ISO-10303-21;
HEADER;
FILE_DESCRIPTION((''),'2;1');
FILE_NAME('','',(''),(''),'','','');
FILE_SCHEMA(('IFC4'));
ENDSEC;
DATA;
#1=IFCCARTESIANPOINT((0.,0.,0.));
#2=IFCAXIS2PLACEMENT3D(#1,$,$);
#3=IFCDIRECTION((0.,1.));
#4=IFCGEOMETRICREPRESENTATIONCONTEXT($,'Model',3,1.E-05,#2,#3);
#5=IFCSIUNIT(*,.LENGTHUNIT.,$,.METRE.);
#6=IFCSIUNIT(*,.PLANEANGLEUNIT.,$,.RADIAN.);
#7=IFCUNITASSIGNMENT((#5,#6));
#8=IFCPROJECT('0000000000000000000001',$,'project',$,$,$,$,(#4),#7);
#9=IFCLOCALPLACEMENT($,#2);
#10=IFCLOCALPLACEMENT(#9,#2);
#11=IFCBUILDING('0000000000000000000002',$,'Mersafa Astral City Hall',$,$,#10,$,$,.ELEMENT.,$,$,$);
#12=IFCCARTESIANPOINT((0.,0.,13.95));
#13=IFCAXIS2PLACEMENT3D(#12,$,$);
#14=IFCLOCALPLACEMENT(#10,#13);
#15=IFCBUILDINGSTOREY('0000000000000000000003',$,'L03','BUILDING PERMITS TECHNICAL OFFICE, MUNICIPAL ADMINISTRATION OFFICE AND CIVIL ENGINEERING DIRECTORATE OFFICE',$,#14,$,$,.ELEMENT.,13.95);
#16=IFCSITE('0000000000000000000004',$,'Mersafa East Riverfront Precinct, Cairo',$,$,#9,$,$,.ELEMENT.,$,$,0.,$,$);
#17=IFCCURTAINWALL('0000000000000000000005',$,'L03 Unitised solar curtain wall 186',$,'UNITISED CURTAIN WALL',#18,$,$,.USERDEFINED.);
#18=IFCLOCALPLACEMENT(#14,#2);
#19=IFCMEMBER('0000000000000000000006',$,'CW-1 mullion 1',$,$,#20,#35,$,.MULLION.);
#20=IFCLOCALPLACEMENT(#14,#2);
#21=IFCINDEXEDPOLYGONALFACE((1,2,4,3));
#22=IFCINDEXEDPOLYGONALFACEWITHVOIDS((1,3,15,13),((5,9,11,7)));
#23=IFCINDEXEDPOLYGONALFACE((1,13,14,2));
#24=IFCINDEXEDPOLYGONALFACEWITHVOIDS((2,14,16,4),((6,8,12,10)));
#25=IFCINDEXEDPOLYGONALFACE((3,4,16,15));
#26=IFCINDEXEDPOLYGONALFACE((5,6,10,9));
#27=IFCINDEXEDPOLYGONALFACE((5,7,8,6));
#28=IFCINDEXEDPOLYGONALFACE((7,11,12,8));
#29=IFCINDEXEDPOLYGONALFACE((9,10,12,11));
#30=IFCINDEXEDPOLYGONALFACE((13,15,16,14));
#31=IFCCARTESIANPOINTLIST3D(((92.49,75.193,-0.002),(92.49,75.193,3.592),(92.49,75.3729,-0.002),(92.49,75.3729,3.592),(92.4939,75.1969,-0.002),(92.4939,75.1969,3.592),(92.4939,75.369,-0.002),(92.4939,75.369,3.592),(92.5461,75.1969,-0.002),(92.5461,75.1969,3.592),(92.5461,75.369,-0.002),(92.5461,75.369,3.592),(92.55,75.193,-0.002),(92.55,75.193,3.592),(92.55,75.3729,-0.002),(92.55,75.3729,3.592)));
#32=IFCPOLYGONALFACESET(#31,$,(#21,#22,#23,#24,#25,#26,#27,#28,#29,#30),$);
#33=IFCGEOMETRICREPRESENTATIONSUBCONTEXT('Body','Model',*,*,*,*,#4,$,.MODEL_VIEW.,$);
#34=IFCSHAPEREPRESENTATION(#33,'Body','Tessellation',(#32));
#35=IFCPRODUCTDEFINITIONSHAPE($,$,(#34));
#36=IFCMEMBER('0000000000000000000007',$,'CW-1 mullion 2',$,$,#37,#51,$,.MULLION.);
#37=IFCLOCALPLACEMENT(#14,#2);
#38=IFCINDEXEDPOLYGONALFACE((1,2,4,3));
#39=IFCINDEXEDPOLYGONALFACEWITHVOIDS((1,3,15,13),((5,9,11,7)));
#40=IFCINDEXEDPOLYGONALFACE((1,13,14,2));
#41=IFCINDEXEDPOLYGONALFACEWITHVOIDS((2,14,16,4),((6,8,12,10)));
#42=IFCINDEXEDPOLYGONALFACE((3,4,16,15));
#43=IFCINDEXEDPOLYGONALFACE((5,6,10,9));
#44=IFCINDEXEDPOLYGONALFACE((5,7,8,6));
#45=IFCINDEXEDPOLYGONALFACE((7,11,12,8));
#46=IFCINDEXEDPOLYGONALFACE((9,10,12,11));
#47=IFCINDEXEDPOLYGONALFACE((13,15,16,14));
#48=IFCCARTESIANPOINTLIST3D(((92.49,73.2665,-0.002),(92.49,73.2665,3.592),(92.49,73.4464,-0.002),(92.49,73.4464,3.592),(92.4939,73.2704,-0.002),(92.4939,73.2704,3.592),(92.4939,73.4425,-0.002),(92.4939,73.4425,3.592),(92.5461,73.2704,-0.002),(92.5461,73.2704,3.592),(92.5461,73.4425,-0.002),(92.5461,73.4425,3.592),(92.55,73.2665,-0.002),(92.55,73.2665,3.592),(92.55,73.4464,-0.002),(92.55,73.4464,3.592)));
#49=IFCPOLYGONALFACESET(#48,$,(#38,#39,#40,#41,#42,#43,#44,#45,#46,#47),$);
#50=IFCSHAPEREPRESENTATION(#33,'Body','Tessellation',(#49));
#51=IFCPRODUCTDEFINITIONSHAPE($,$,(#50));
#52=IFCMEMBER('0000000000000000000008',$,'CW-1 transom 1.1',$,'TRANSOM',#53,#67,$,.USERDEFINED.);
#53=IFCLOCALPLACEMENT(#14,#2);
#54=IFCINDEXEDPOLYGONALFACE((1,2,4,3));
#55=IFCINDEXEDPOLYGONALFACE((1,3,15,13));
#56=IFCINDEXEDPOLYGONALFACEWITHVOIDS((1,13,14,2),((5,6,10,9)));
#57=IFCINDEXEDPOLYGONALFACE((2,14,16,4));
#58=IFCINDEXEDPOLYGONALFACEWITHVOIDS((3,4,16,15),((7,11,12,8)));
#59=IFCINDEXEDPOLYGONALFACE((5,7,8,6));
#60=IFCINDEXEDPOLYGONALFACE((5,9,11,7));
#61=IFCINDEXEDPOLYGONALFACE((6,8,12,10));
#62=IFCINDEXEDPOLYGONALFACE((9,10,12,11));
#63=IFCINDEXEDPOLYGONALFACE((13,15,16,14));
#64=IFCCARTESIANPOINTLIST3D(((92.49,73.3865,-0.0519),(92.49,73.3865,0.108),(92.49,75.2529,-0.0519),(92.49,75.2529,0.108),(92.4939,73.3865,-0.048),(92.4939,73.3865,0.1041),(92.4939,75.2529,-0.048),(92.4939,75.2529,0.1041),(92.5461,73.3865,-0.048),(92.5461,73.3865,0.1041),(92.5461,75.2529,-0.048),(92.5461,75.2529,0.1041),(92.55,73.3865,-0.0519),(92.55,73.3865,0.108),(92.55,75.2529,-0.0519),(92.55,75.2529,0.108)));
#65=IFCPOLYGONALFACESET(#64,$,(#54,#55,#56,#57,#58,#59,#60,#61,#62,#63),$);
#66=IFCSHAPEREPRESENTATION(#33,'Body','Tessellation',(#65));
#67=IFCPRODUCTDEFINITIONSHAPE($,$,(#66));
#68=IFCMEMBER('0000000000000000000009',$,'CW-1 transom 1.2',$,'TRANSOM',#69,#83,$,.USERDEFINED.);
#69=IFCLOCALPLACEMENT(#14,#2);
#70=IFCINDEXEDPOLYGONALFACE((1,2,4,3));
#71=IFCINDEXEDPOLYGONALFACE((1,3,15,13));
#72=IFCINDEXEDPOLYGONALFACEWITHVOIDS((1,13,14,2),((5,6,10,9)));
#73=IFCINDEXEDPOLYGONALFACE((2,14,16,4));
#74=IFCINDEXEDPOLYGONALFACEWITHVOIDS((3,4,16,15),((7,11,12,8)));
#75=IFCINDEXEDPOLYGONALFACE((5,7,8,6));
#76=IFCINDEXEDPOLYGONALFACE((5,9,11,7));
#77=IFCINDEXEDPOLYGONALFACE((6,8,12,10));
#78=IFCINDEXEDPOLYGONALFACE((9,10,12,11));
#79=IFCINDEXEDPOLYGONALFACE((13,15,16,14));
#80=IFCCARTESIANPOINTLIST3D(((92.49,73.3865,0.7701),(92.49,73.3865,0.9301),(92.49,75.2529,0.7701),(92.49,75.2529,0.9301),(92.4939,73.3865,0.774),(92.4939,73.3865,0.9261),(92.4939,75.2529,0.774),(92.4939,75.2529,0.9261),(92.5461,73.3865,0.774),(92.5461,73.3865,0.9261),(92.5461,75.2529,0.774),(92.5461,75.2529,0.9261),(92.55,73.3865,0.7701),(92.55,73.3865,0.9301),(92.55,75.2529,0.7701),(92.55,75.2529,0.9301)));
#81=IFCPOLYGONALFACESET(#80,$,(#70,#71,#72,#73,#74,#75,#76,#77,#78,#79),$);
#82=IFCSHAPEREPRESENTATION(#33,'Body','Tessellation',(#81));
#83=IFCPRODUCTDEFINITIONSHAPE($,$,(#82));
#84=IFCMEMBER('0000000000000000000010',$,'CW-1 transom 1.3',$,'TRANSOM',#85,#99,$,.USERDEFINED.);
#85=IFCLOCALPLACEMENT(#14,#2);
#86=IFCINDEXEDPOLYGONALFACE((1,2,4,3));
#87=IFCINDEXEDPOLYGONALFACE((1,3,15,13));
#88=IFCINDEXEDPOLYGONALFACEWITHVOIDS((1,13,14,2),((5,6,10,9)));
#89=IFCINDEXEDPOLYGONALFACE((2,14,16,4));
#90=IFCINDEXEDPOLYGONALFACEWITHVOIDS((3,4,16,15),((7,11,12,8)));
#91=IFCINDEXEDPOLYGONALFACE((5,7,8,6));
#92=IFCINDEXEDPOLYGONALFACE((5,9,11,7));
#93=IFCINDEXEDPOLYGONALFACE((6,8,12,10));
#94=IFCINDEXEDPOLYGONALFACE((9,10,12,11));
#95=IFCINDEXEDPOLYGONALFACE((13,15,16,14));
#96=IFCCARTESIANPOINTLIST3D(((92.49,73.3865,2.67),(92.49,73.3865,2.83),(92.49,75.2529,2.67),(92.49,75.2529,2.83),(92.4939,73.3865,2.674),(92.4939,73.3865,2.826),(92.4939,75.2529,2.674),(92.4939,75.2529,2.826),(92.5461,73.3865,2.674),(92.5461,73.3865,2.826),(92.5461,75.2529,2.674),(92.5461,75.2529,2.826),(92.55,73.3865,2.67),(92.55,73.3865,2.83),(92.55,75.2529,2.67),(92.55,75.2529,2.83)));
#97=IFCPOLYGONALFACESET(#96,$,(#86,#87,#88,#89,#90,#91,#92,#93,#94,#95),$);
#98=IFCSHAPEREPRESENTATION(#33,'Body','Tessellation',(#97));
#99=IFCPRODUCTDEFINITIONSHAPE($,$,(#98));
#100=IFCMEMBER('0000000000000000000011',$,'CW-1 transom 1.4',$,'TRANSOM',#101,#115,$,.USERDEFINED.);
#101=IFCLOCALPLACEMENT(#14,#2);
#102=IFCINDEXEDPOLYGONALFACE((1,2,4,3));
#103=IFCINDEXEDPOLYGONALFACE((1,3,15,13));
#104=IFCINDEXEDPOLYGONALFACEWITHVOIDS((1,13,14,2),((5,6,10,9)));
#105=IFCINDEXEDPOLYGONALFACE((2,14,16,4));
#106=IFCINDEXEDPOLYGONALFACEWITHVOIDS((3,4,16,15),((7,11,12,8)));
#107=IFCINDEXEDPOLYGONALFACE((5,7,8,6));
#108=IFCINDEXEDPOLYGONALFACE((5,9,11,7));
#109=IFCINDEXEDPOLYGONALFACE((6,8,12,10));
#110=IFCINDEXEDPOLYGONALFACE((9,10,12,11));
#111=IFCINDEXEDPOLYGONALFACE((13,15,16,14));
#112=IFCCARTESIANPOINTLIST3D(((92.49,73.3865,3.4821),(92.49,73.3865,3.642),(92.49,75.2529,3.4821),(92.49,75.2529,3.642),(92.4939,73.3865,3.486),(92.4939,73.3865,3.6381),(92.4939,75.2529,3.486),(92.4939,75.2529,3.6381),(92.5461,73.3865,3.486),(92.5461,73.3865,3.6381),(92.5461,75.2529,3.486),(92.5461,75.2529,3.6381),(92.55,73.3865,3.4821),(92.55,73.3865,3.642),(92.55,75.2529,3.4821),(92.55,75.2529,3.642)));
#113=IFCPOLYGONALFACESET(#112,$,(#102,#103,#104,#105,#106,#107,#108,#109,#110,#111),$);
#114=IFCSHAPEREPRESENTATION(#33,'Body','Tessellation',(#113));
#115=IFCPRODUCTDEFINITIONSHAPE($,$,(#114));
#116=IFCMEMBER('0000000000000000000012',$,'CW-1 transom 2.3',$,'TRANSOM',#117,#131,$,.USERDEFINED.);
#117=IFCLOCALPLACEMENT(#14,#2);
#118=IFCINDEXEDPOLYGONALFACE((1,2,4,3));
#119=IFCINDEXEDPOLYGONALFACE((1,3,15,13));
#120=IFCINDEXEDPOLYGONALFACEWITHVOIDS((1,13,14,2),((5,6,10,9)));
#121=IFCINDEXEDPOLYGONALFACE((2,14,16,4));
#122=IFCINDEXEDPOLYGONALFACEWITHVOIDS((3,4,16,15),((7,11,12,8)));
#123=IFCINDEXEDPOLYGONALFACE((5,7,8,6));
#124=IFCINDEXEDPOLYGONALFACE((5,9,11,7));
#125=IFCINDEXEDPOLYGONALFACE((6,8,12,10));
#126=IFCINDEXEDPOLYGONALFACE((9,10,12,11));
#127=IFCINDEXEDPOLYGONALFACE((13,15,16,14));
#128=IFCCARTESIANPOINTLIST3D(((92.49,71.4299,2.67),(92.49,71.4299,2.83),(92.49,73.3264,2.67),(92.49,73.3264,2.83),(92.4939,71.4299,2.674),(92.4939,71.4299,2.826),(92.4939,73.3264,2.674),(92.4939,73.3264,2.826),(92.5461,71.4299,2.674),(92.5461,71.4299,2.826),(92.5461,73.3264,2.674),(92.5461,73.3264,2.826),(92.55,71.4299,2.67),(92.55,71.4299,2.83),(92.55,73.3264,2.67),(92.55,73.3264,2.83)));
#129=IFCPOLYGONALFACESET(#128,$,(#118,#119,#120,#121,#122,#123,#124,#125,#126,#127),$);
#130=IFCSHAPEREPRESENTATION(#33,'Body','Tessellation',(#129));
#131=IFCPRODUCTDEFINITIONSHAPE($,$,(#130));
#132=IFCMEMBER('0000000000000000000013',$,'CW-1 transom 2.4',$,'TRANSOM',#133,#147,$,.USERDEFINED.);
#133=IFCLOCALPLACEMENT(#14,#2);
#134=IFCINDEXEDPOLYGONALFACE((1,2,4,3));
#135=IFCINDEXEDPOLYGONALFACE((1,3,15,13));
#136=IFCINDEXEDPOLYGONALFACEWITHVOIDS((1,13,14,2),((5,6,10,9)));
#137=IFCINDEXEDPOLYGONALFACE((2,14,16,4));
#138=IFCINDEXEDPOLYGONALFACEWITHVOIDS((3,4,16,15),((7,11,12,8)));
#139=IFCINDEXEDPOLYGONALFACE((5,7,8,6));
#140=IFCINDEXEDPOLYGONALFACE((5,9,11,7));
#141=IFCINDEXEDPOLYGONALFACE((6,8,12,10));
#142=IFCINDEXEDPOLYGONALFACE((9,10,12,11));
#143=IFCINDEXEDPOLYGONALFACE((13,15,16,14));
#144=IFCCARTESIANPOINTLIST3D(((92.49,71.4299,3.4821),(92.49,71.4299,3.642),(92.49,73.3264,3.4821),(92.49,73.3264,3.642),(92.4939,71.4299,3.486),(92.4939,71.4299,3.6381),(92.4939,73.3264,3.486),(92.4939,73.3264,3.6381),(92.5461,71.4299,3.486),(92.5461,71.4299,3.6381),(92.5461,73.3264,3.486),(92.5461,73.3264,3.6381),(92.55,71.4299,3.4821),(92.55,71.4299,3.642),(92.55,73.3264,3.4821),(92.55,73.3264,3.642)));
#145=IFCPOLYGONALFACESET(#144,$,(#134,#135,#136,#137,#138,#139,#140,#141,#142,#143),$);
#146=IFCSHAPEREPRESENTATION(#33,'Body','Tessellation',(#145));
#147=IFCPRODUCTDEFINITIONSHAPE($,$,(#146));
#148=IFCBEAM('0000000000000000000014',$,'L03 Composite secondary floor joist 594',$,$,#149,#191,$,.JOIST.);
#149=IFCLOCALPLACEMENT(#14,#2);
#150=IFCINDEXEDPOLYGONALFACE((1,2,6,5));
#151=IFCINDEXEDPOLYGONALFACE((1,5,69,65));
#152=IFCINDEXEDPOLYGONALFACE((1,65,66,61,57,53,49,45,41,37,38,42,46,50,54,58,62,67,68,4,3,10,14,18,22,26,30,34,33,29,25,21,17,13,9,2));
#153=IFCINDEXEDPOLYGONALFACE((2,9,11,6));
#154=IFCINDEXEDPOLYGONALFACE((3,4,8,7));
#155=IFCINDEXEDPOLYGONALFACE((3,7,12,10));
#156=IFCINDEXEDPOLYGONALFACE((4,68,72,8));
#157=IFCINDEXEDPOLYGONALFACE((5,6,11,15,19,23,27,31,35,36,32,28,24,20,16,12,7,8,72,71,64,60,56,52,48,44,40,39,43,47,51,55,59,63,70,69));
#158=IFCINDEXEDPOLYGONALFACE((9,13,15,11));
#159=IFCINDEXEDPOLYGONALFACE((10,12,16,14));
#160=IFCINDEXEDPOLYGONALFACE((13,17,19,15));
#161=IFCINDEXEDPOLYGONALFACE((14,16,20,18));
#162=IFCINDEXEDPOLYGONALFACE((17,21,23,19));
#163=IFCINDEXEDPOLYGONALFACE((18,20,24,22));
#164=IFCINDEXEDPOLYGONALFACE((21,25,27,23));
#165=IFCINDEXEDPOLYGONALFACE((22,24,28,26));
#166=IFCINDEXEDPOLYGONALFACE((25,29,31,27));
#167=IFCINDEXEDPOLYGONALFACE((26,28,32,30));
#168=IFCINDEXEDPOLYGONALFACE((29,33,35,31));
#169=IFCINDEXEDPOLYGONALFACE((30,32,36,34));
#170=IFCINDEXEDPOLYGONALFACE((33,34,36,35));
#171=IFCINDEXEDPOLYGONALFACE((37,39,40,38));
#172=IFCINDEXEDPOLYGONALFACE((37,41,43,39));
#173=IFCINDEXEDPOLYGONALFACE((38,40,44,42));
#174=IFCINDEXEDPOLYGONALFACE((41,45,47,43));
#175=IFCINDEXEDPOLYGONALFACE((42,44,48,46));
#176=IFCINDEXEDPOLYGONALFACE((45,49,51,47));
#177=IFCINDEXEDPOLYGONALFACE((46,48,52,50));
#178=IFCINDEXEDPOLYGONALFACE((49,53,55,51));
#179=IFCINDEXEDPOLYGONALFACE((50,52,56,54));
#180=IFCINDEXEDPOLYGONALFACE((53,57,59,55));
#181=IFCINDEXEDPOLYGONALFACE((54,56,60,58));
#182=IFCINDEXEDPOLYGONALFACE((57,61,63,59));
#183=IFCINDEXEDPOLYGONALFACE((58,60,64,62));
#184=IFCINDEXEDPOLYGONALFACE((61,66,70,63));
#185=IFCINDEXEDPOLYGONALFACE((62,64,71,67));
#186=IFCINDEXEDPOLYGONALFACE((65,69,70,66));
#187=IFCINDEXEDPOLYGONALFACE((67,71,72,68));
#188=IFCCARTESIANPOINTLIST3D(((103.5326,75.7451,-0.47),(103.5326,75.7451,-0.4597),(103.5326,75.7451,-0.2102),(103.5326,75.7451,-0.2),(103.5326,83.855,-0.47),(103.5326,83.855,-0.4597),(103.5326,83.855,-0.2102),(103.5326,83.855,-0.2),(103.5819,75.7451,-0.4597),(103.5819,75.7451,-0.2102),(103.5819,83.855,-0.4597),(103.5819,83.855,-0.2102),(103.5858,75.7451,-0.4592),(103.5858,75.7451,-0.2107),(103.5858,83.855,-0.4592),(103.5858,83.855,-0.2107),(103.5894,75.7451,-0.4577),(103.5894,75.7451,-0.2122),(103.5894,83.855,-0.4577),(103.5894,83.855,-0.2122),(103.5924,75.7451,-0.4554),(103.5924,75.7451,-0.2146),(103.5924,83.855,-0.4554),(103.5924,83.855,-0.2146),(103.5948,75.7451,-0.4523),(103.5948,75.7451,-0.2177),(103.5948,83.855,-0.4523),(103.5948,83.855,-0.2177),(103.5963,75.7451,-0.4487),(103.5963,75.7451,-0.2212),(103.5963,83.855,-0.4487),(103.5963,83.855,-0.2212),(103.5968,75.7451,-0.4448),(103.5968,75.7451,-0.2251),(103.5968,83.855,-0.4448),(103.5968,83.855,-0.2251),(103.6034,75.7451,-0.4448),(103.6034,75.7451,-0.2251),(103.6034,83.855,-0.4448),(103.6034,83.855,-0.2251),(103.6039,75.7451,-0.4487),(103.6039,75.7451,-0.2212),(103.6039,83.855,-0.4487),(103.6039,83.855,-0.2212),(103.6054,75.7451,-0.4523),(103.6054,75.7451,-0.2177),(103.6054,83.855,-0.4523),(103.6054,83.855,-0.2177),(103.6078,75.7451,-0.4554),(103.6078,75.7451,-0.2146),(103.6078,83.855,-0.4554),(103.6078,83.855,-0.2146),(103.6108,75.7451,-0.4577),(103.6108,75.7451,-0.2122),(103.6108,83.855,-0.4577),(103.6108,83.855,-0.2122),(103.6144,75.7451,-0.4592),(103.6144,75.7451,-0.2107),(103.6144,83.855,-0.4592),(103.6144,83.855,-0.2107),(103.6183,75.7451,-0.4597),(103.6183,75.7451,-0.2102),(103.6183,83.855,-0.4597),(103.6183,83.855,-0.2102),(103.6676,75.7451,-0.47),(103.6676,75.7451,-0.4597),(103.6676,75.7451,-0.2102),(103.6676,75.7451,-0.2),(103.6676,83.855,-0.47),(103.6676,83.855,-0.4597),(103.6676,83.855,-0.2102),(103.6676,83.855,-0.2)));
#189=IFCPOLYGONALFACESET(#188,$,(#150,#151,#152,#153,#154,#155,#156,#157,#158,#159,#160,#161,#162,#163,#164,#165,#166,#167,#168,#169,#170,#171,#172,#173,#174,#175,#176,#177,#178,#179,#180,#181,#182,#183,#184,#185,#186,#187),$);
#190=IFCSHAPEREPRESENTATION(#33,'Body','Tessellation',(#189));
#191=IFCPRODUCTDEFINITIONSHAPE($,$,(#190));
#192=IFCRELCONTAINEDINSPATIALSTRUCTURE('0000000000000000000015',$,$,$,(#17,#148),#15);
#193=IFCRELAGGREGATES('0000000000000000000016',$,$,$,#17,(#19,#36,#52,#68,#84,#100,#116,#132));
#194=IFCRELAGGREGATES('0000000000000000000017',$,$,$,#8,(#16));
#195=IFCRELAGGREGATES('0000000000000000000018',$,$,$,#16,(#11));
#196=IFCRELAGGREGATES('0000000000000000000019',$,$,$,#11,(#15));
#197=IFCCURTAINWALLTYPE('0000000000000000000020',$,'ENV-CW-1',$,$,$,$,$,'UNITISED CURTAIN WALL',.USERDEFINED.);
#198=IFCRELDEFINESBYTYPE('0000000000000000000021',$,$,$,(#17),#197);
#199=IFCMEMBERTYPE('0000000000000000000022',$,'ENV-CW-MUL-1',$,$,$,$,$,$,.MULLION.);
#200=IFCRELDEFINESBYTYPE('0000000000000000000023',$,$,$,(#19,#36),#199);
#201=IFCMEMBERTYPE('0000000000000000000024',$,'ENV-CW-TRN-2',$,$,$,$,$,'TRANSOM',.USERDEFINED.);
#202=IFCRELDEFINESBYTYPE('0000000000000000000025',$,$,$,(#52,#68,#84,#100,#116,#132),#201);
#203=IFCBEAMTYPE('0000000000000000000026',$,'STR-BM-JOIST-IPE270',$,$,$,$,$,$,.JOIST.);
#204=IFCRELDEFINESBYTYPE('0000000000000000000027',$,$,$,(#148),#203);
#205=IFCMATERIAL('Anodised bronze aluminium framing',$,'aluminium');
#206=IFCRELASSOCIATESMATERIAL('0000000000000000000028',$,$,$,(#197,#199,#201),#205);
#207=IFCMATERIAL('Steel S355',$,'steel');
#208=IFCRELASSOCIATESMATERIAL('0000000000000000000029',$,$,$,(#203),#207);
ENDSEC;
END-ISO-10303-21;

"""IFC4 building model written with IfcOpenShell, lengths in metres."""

from ifc_helpers import new_model, si_unit, direction, frame, origin, origin_2d, place, context, subcontext, project, spatial, hollow_rectangle, i_section, extrude, material, material_profile, profile_set, type_object, element, aggregate, save


model = new_model("IFC4")

# Units and contexts
model_context = context("Model", 3, precision=1e-05, world=origin(), true_north=direction((0.0, 1.0)))
body_context = subcontext(model_context, "Body", "Model", "MODEL_VIEW")
ifc_project = project(units=[si_unit("LENGTHUNIT", "METRE"), si_unit("PLANEANGLEUNIT", "RADIAN")], contexts=[model_context])

# Site, building, storey
site_placement = place(None, origin())
site = spatial("IfcSite", under=ifc_project, at=site_placement, Name="Mersafa East Riverfront Precinct, Cairo", CompositionType="ELEMENT", RefElevation=0.0)
building_placement = place(site_placement, origin())
building = spatial("IfcBuilding", under=site, at=building_placement, Name="Mersafa Astral City Hall", CompositionType="ELEMENT")
storey_placement = place(building_placement, frame((0.0, 0.0, 13.95)))
storey = spatial("IfcBuildingStorey", under=building, at=storey_placement, Name="L03", Description="BUILDING PERMITS TECHNICAL OFFICE, MUNICIPAL ADMINISTRATION OFFICE AND CIVIL ENGINEERING DIRECTORATE OFFICE", CompositionType="ELEMENT", Elevation=13.95)

# Curtain wall, members
ifc_material_1 = material(Name="Anodised bronze aluminium framing", Category="aluminium")
curtain_wall_type = type_object("IfcCurtainWallType", Name="ENV-CW-1", ElementType="UNITISED CURTAIN WALL", PredefinedType="USERDEFINED", material=ifc_material_1)
curtain_wall_placement = place(storey_placement, origin())
curtain_wall = element("IfcCurtainWall", 1, at=curtain_wall_placement, inside=storey, type_object=curtain_wall_type, Name="L03 Unitised solar curtain wall 186", ObjectType="UNITISED CURTAIN WALL", PredefinedType="USERDEFINED")
ifc_material_profile_1 = material_profile(ifc_material_1, hollow_rectangle(XDim=0.0601, YDim=0.1799, WallThickness=0.0039, at=origin_2d()), Name="RHS 60x180x4")
ifc_profile_set_1 = profile_set([ifc_material_profile_1], Name="Anodised bronze aluminium framing")
member_type_1 = type_object("IfcMemberType", Name="ENV-CW-MUL-1", PredefinedType="MULLION", material=ifc_profile_set_1)
member_1_placement = place(storey_placement, frame((92.52, 75.283, -0.002), z_axis=(0.0, 0.0, 1.0), x_axis=(1.0, 0.0, 0.0)))
member_1 = element("IfcMember", 2, at=member_1_placement, type_object=member_type_1, Name="CW-1 mullion 1", PredefinedType="MULLION", context=body_context, shape_type="SweptSolid", body=[
    extrude(hollow_rectangle(XDim=0.0601, YDim=0.1799, WallThickness=0.0039, at=origin_2d()), origin(), (0.0, 0.0, 1.0), 3.594),
])
member_2_placement = place(storey_placement, frame((92.52, 73.3564, -0.002), z_axis=(0.0, 0.0, 1.0), x_axis=(1.0, 0.0, 0.0)))
member_2 = element("IfcMember", 3, at=member_2_placement, type_object=member_type_1, Name="CW-1 mullion 2", PredefinedType="MULLION", context=body_context, shape_type="SweptSolid", body=[
    extrude(hollow_rectangle(XDim=0.0601, YDim=0.1799, WallThickness=0.0039, at=origin_2d()), origin(), (0.0, 0.0, 1.0), 3.594),
])
ifc_material_profile_2 = material_profile(ifc_material_1, hollow_rectangle(XDim=0.0601, YDim=0.1599, WallThickness=0.0039, at=origin_2d()), Name="RHS 60x160x4")
ifc_profile_set_2 = profile_set([ifc_material_profile_2], Name="Anodised bronze aluminium framing")
member_type_2 = type_object("IfcMemberType", Name="ENV-CW-TRN-2", ElementType="TRANSOM", PredefinedType="USERDEFINED", material=ifc_profile_set_2)
member_3_placement = place(storey_placement, frame((92.52, 75.2529, 0.0281), z_axis=(0.0, -1.0, 0.0), x_axis=(1.0, 0.0, 0.0)))
member_3 = element("IfcMember", 4, at=member_3_placement, type_object=member_type_2, Name="CW-1 transom 1.1", ObjectType="TRANSOM", PredefinedType="USERDEFINED", context=body_context, shape_type="SweptSolid", body=[
    extrude(hollow_rectangle(XDim=0.0601, YDim=0.1599, WallThickness=0.0039, at=origin_2d()), origin(), (0.0, 0.0, 1.0), 1.8665),
])
member_4_placement = place(storey_placement, frame((92.52, 75.2529, 0.8501), z_axis=(0.0, -1.0, 0.0), x_axis=(1.0, 0.0, 0.0)))
member_4 = element("IfcMember", 5, at=member_4_placement, type_object=member_type_2, Name="CW-1 transom 1.2", ObjectType="TRANSOM", PredefinedType="USERDEFINED", context=body_context, shape_type="SweptSolid", body=[
    extrude(hollow_rectangle(XDim=0.0601, YDim=0.1599, WallThickness=0.0039, at=origin_2d()), origin(), (0.0, 0.0, 1.0), 1.8665),
])
member_5_placement = place(storey_placement, frame((92.52, 75.2529, 2.75), z_axis=(0.0, -1.0, 0.0), x_axis=(1.0, 0.0, 0.0)))
member_5 = element("IfcMember", 6, at=member_5_placement, type_object=member_type_2, Name="CW-1 transom 1.3", ObjectType="TRANSOM", PredefinedType="USERDEFINED", context=body_context, shape_type="SweptSolid", body=[
    extrude(hollow_rectangle(XDim=0.0601, YDim=0.1599, WallThickness=0.0039, at=origin_2d()), origin(), (0.0, 0.0, 1.0), 1.8665),
])
member_6_placement = place(storey_placement, frame((92.52, 75.2529, 3.562), z_axis=(0.0, -1.0, 0.0), x_axis=(1.0, 0.0, 0.0)))
member_6 = element("IfcMember", 7, at=member_6_placement, type_object=member_type_2, Name="CW-1 transom 1.4", ObjectType="TRANSOM", PredefinedType="USERDEFINED", context=body_context, shape_type="SweptSolid", body=[
    extrude(hollow_rectangle(XDim=0.0601, YDim=0.1599, WallThickness=0.0039, at=origin_2d()), origin(), (0.0, 0.0, 1.0), 1.8665),
])
member_7_placement = place(storey_placement, frame((92.52, 73.3264, 2.75), z_axis=(0.0, -1.0, 0.0), x_axis=(1.0, 0.0, 0.0)))
member_7 = element("IfcMember", 8, at=member_7_placement, type_object=member_type_2, Name="CW-1 transom 2.3", ObjectType="TRANSOM", PredefinedType="USERDEFINED", context=body_context, shape_type="SweptSolid", body=[
    extrude(hollow_rectangle(XDim=0.0601, YDim=0.1599, WallThickness=0.0039, at=origin_2d()), origin(), (0.0, 0.0, 1.0), 1.8965),
])
member_8_placement = place(storey_placement, frame((92.52, 73.3264, 3.562), z_axis=(0.0, -1.0, 0.0), x_axis=(1.0, 0.0, 0.0)))
member_8 = element("IfcMember", 9, at=member_8_placement, type_object=member_type_2, Name="CW-1 transom 2.4", ObjectType="TRANSOM", PredefinedType="USERDEFINED", context=body_context, shape_type="SweptSolid", body=[
    extrude(hollow_rectangle(XDim=0.0601, YDim=0.1599, WallThickness=0.0039, at=origin_2d()), origin(), (0.0, 0.0, 1.0), 1.8965),
])

# Beam
ifc_material_2 = material(Name="Steel S355", Category="steel")
ifc_material_profile_3 = material_profile(ifc_material_2, i_section(OverallWidth=0.135, OverallDepth=0.27, WebThickness=0.0066, FlangeThickness=0.0103, FilletRadius=0.0149, at=origin_2d()), Name="IPE 270")
ifc_profile_set_3 = profile_set([ifc_material_profile_3], Name="Steel S355")
beam_type_1 = type_object("IfcBeamType", Name="STR-BM-JOIST-IPE270", PredefinedType="JOIST", material=ifc_profile_set_3)
for number, where, z_axis, x_axis, name in (
    (10, (103.6001, 75.7451, -0.335), (0.0, 1.0, 0.0), (-1.0, 0.0, 0.0), "L03 Composite secondary floor joist 594"),
):
    element("IfcBeam", number, at=place(storey_placement, frame(where, z_axis=z_axis, x_axis=x_axis)), inside=storey, type_object=beam_type_1, Name=name, PredefinedType="JOIST", context=body_context, shape_type="SweptSolid", body=[
        extrude(i_section(OverallWidth=0.135, OverallDepth=0.27, WebThickness=0.0066, FlangeThickness=0.0103, FilletRadius=0.0149, at=origin_2d()), origin(), (0.0, 0.0, 1.0), 8.1099),
    ])

aggregate(curtain_wall, [member_1, member_2, member_3, member_4, member_5, member_6, member_7, member_8])

save(model, "model.ifc")
